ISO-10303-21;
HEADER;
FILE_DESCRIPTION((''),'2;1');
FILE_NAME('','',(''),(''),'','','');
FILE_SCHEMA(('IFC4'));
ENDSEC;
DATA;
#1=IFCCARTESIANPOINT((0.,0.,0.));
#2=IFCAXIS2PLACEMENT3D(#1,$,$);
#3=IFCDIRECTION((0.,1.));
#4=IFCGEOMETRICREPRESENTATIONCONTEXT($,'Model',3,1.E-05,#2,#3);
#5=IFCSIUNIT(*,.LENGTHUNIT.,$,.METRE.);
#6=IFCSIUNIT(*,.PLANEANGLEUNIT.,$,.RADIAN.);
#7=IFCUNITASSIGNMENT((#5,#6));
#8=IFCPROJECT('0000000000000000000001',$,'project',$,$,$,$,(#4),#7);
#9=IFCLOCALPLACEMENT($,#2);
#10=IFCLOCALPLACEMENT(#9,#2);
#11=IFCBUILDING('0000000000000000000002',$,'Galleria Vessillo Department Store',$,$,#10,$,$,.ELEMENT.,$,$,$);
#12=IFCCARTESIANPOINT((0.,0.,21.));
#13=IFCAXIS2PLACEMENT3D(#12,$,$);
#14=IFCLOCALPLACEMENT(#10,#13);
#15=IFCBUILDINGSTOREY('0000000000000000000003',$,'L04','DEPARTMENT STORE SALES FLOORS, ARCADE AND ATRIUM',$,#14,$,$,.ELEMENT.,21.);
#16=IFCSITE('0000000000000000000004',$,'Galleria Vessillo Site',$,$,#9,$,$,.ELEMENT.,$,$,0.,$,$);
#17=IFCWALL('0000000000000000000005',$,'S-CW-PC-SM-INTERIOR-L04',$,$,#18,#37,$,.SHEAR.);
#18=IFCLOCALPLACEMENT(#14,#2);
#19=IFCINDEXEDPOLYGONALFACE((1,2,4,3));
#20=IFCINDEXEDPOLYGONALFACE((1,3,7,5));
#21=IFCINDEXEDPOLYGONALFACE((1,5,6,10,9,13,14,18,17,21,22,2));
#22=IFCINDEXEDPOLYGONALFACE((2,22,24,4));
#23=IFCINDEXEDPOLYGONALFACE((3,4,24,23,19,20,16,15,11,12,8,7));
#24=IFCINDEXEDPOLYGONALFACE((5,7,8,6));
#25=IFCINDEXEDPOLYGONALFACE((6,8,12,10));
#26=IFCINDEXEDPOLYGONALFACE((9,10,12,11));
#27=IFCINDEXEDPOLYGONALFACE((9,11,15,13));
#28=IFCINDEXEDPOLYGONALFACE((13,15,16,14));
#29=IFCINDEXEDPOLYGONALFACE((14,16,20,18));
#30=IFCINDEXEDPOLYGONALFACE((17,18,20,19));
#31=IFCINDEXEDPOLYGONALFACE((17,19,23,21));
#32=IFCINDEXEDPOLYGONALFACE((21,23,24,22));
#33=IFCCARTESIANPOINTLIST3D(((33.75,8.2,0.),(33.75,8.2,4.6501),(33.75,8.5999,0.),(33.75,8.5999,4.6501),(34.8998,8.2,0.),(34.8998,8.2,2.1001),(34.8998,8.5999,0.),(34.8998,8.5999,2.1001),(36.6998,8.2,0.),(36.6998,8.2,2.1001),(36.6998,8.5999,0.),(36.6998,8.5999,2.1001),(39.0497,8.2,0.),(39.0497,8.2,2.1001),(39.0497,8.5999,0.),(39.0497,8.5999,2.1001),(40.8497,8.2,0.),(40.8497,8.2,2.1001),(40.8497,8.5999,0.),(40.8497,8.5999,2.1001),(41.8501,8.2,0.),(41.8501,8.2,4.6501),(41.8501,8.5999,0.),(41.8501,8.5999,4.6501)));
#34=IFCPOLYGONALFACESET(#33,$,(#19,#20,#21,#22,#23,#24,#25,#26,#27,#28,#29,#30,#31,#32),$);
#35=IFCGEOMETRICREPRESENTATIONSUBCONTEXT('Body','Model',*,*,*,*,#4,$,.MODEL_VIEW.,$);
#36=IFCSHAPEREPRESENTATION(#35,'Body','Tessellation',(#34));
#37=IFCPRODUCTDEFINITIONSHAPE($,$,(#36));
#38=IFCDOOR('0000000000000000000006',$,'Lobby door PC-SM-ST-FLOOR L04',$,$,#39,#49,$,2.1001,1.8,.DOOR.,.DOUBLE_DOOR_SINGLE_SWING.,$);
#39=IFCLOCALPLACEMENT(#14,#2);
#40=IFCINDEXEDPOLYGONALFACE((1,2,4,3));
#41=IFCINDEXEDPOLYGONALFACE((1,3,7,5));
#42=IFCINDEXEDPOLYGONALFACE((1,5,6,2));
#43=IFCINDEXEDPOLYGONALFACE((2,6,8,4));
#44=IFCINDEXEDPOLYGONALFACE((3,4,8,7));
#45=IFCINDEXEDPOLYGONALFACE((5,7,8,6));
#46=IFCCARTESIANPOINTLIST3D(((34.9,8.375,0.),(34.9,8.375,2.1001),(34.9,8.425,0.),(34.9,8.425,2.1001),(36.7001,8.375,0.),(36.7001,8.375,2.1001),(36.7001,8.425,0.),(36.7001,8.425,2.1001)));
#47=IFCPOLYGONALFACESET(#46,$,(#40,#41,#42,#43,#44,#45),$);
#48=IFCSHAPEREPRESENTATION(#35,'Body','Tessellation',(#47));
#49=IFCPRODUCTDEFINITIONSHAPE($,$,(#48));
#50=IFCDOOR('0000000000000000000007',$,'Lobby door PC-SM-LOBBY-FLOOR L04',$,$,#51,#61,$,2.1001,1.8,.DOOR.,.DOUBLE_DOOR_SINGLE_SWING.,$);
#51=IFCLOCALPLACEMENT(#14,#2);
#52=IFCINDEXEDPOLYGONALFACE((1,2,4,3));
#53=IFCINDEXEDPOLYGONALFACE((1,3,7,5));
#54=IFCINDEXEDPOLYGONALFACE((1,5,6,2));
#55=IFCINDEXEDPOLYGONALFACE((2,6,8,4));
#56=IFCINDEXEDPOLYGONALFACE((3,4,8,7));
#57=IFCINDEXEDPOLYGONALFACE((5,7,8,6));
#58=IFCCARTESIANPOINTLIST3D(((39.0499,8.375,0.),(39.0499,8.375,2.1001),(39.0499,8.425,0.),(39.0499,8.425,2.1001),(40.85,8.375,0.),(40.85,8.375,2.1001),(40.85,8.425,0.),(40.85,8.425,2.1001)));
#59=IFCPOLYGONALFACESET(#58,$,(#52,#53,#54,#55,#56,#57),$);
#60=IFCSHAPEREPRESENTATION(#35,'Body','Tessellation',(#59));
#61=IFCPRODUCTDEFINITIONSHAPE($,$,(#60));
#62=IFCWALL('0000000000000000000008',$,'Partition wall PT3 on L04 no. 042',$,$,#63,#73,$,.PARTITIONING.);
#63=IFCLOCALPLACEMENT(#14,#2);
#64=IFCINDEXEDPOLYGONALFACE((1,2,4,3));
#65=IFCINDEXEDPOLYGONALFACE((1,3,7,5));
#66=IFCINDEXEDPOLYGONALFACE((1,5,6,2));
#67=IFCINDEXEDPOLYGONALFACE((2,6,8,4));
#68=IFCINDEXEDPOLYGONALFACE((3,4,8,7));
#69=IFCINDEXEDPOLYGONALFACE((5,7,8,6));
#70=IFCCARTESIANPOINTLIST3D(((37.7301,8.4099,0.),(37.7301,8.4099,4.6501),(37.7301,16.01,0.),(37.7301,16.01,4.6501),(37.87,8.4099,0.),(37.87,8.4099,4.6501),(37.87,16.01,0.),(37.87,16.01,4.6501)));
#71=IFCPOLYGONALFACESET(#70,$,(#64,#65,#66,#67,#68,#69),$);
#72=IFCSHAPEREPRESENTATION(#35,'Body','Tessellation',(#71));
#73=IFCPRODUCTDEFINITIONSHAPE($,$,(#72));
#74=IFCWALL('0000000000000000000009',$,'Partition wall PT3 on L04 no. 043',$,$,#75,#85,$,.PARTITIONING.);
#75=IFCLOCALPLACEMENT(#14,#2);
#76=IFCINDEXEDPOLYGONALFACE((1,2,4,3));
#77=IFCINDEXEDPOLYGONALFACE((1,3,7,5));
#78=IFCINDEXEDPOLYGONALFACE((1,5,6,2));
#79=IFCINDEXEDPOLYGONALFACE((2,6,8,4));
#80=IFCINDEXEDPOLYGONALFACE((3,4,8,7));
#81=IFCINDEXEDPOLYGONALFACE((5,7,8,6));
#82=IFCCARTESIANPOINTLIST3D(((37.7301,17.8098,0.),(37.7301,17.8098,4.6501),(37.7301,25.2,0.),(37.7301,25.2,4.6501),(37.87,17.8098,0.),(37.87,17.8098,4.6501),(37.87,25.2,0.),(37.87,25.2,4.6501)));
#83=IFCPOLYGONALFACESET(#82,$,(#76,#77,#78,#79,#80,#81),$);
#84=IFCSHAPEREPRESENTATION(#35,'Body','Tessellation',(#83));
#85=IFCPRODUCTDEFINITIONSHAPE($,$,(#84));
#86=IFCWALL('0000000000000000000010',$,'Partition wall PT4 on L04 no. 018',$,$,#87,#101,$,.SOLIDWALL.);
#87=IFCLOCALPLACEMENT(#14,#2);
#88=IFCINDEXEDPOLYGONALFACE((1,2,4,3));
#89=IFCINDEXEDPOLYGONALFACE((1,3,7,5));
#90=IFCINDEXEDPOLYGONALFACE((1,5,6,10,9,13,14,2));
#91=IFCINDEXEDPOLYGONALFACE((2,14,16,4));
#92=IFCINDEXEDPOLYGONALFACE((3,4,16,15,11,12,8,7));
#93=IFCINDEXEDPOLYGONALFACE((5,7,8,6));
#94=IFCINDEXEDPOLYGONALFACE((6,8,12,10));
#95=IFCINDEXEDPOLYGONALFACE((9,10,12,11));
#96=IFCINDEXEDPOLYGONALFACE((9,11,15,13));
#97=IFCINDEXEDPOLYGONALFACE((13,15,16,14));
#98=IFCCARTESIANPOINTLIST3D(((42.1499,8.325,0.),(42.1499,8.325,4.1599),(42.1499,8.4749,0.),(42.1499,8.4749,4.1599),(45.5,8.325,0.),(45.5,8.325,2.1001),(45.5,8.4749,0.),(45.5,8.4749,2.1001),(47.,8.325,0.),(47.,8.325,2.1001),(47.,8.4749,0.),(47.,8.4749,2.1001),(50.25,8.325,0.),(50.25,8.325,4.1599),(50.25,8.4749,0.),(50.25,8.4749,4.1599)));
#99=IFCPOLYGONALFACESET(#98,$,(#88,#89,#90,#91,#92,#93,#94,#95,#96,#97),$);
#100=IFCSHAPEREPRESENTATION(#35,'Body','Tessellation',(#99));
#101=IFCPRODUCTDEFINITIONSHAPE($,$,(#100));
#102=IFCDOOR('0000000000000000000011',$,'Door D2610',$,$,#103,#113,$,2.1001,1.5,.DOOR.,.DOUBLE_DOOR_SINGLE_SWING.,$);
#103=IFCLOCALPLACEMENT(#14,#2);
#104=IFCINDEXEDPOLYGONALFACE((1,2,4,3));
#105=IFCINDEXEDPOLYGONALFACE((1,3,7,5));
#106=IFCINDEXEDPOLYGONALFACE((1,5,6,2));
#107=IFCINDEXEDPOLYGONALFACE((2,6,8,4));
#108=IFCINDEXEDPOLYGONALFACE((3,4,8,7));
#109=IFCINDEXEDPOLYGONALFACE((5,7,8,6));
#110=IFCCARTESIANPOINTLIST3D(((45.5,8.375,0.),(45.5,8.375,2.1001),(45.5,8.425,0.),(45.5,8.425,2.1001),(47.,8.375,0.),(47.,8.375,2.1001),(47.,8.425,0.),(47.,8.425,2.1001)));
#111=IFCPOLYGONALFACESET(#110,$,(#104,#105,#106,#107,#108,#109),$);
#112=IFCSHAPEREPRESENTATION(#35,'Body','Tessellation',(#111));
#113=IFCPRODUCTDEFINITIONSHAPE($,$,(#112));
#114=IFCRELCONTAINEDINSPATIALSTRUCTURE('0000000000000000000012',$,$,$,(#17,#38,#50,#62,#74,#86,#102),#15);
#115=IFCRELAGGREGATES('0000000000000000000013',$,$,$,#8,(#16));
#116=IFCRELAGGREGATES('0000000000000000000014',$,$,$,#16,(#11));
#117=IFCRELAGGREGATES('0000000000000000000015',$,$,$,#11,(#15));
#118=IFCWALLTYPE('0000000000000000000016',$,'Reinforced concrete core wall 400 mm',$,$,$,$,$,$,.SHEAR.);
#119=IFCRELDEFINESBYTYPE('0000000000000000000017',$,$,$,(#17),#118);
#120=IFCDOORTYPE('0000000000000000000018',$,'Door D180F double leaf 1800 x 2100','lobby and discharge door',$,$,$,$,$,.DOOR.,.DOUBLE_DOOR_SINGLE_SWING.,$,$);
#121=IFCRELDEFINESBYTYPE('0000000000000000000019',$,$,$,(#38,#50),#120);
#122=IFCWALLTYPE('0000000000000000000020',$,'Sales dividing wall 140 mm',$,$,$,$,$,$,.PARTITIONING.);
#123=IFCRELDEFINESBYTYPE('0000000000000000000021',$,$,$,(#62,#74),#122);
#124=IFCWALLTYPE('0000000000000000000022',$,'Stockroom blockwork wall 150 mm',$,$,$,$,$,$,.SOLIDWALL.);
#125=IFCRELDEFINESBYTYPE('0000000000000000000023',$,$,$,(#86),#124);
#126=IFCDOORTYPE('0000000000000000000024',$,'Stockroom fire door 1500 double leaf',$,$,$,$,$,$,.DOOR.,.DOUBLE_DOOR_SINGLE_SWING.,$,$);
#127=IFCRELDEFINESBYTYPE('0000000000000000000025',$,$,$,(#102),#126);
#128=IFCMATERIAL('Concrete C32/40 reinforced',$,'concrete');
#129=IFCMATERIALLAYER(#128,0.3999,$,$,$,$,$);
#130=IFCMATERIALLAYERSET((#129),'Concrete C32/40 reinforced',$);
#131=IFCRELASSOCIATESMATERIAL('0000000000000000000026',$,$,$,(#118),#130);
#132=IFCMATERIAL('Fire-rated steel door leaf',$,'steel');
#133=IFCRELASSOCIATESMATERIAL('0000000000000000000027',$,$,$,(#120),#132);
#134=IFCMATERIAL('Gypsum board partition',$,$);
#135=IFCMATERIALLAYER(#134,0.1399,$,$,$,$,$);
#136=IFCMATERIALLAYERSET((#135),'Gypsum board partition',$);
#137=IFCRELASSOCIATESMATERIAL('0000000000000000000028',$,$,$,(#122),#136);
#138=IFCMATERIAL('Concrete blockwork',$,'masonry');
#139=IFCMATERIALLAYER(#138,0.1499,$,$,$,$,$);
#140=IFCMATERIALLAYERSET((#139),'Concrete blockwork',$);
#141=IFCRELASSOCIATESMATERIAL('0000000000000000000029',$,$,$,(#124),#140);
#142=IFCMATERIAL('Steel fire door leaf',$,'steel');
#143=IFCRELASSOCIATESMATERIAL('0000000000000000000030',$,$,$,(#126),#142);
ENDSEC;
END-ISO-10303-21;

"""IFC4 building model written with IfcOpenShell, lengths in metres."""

from ifc_helpers import new_model, si_unit, direction, frame, frame_2d, origin, place, context, subcontext, project, spatial, rectangle, extrude, material, layer, layer_set, type_object, element, fill, save


model = new_model("IFC4")

# Units and contexts
model_context = context("Model", 3, precision=1e-05, world=origin(), true_north=direction((0.0, 1.0)))
body_context = subcontext(model_context, "Body", "Model", "MODEL_VIEW")
ifc_project = project(units=[si_unit("LENGTHUNIT", "METRE"), si_unit("PLANEANGLEUNIT", "RADIAN")], contexts=[model_context])

# Site, building, storey
site_placement = place(None, origin())
site = spatial("IfcSite", under=ifc_project, at=site_placement, Name="Galleria Vessillo Site", CompositionType="ELEMENT", RefElevation=0.0)
building_placement = place(site_placement, origin())
building = spatial("IfcBuilding", under=site, at=building_placement, Name="Galleria Vessillo Department Store", CompositionType="ELEMENT")
storey_placement = place(building_placement, frame((0.0, 0.0, 21.0)))
storey = spatial("IfcBuildingStorey", under=building, at=storey_placement, Name="L04", Description="DEPARTMENT STORE SALES FLOORS, ARCADE AND ATRIUM", CompositionType="ELEMENT", Elevation=21.0)

# Wall, openings, doors
ifc_material_1 = material(Name="Concrete C32/40 reinforced", Category="concrete")
ifc_layer_1 = layer(ifc_material_1, 0.3999)
ifc_layer_set_1 = layer_set([ifc_layer_1], Name="Concrete C32/40 reinforced")
wall_type_1 = type_object("IfcWallType", Name="Reinforced concrete core wall 400 mm", PredefinedType="SHEAR", material=ifc_layer_set_1)
wall_1_placement = place(storey_placement, frame((33.75, 8.3999, 0.0), z_axis=(0.0, 0.0, 1.0), x_axis=(1.0, 0.0, 0.0)))
wall_1 = element("IfcWall", 1, at=wall_1_placement, inside=storey, type_object=wall_type_1, Name="S-CW-PC-SM-INTERIOR-L04", PredefinedType="SHEAR", context=body_context, shape_type="SweptSolid", body=[
    extrude(rectangle(XDim=8.1001, YDim=0.3999, at=frame_2d((4.05, 0.0))), origin(), (0.0, 0.0, 1.0), 4.6501),
])
opening_1_placement = place(wall_1_placement, frame((1.1499, 0.0, 0.0)))
opening_1 = element("IfcOpeningElement", 2, at=opening_1_placement, cuts=wall_1, PredefinedType="OPENING", context=body_context, shape_type="SweptSolid", body=[
    extrude(rectangle(XDim=1.8, YDim=2.1001, at=frame_2d((0.8999, 1.05))), frame((0.0, 0.21, 0.0), z_axis=(0.0, -1.0, 0.0), x_axis=(1.0, 0.0, 0.0)), (0.0, 0.0, 1.0), 0.4199),
])
opening_2_placement = place(wall_1_placement, frame((5.2998, 0.0, 0.0)))
opening_2 = element("IfcOpeningElement", 3, at=opening_2_placement, cuts=wall_1, PredefinedType="OPENING", context=body_context, shape_type="SweptSolid", body=[
    extrude(rectangle(XDim=1.8, YDim=2.1001, at=frame_2d((0.8999, 1.05))), frame((0.0, 0.21, 0.0), z_axis=(0.0, -1.0, 0.0), x_axis=(1.0, 0.0, 0.0)), (0.0, 0.0, 1.0), 0.4199),
])
ifc_material_2 = material(Name="Fire-rated steel door leaf", Category="steel")
door_type_1 = type_object("IfcDoorType", Name="Door D180F double leaf 1800 x 2100", Description="lobby and discharge door", OperationType="DOUBLE_DOOR_SINGLE_SWING", PredefinedType="DOOR", material=ifc_material_2)
door_1_placement = place(opening_1_placement, frame((1.8, 0.0, 0.0), z_axis=(0.0, 0.0, 1.0), x_axis=(-1.0, 0.0, 0.0)))
door_1 = element("IfcDoor", 4, at=door_1_placement, inside=storey, type_object=door_type_1, Name="Lobby door PC-SM-ST-FLOOR L04", OperationType="DOUBLE_DOOR_SINGLE_SWING", OverallHeight=2.1001, OverallWidth=1.8, PredefinedType="DOOR", context=body_context, shape_type="SweptSolid", body=[
    extrude(rectangle(XDim=1.8, YDim=2.1001, at=frame_2d((0.8999, 1.05))), frame((0.0, 0.0249, 0.0), z_axis=(0.0, -1.0, 0.0), x_axis=(1.0, 0.0, 0.0)), (0.0, 0.0, 1.0), 0.05),
])
fill(opening_1, door_1)
door_2_placement = place(opening_2_placement, frame((1.8, 0.0, 0.0), z_axis=(0.0, 0.0, 1.0), x_axis=(-1.0, 0.0, 0.0)))
door_2 = element("IfcDoor", 5, at=door_2_placement, inside=storey, type_object=door_type_1, Name="Lobby door PC-SM-LOBBY-FLOOR L04", OperationType="DOUBLE_DOOR_SINGLE_SWING", OverallHeight=2.1001, OverallWidth=1.8, PredefinedType="DOOR", context=body_context, shape_type="SweptSolid", body=[
    extrude(rectangle(XDim=1.8, YDim=2.1001, at=frame_2d((0.8999, 1.05))), frame((0.0, 0.0249, 0.0), z_axis=(0.0, -1.0, 0.0), x_axis=(1.0, 0.0, 0.0)), (0.0, 0.0, 1.0), 0.05),
])
fill(opening_2, door_2)

# Walls
ifc_material_3 = material(Name="Gypsum board partition")
ifc_layer_2 = layer(ifc_material_3, 0.1399)
ifc_layer_set_2 = layer_set([ifc_layer_2], Name="Gypsum board partition")
wall_type_2 = type_object("IfcWallType", Name="Sales dividing wall 140 mm", PredefinedType="PARTITIONING", material=ifc_layer_set_2)
wall_2_placement = place(storey_placement, frame((37.8, 8.4099, 0.0), z_axis=(0.0, 0.0, 1.0), x_axis=(0.0, 1.0, 0.0)))
element("IfcWall", 6, at=wall_2_placement, inside=storey, type_object=wall_type_2, Name="Partition wall PT3 on L04 no. 042", PredefinedType="PARTITIONING", context=body_context, shape_type="SweptSolid", body=[
    extrude(rectangle(XDim=7.6001, YDim=0.1399, at=frame_2d((3.8, 0.0))), origin(), (0.0, 0.0, 1.0), 4.6501),
])
wall_3_placement = place(storey_placement, frame((37.8, 17.8098, 0.0), z_axis=(0.0, 0.0, 1.0), x_axis=(0.0, 1.0, 0.0)))
element("IfcWall", 7, at=wall_3_placement, inside=storey, type_object=wall_type_2, Name="Partition wall PT3 on L04 no. 043", PredefinedType="PARTITIONING", context=body_context, shape_type="SweptSolid", body=[
    extrude(rectangle(XDim=7.3901, YDim=0.1399, at=frame_2d((3.6951, 0.0))), origin(), (0.0, 0.0, 1.0), 4.6501),
])

# Wall, opening, door
ifc_material_4 = material(Name="Concrete blockwork", Category="masonry")
ifc_layer_3 = layer(ifc_material_4, 0.1499)
ifc_layer_set_3 = layer_set([ifc_layer_3], Name="Concrete blockwork")
wall_type_3 = type_object("IfcWallType", Name="Stockroom blockwork wall 150 mm", PredefinedType="SOLIDWALL", material=ifc_layer_set_3)
wall_4_placement = place(storey_placement, frame((42.1499, 8.3999, 0.0), z_axis=(0.0, 0.0, 1.0), x_axis=(1.0, 0.0, 0.0)))
wall_4 = element("IfcWall", 8, at=wall_4_placement, inside=storey, type_object=wall_type_3, Name="Partition wall PT4 on L04 no. 018", PredefinedType="SOLIDWALL", context=body_context, shape_type="SweptSolid", body=[
    extrude(rectangle(XDim=8.1001, YDim=0.1499, at=frame_2d((4.05, 0.0))), origin(), (0.0, 0.0, 1.0), 4.1599),
])
opening_3_placement = place(wall_4_placement, frame((3.3501, 0.0, 0.0)))
opening_3 = element("IfcOpeningElement", 9, at=opening_3_placement, cuts=wall_4, PredefinedType="OPENING", context=body_context, shape_type="SweptSolid", body=[
    extrude(rectangle(XDim=1.5, YDim=2.1001, at=frame_2d((0.75, 1.05))), frame((0.0, 0.085, 0.0), z_axis=(0.0, -1.0, 0.0), x_axis=(1.0, 0.0, 0.0)), (0.0, 0.0, 1.0), 0.1699),
])
ifc_material_5 = material(Name="Steel fire door leaf", Category="steel")
door_type_2 = type_object("IfcDoorType", Name="Stockroom fire door 1500 double leaf", OperationType="DOUBLE_DOOR_SINGLE_SWING", PredefinedType="DOOR", material=ifc_material_5)
door_3_placement = place(opening_3_placement, frame((1.5, 0.0, 0.0), z_axis=(0.0, 0.0, 1.0), x_axis=(-1.0, 0.0, 0.0)))
door_3 = element("IfcDoor", 10, at=door_3_placement, inside=storey, type_object=door_type_2, Name="Door D2610", OperationType="DOUBLE_DOOR_SINGLE_SWING", OverallHeight=2.1001, OverallWidth=1.5, PredefinedType="DOOR", context=body_context, shape_type="SweptSolid", body=[
    extrude(rectangle(XDim=1.5, YDim=2.1001, at=frame_2d((0.75, 1.05))), frame((0.0, 0.0249, 0.0), z_axis=(0.0, -1.0, 0.0), x_axis=(1.0, 0.0, 0.0)), (0.0, 0.0, 1.0), 0.05),
])
fill(opening_3, door_3)

save(model, "model.ifc")
